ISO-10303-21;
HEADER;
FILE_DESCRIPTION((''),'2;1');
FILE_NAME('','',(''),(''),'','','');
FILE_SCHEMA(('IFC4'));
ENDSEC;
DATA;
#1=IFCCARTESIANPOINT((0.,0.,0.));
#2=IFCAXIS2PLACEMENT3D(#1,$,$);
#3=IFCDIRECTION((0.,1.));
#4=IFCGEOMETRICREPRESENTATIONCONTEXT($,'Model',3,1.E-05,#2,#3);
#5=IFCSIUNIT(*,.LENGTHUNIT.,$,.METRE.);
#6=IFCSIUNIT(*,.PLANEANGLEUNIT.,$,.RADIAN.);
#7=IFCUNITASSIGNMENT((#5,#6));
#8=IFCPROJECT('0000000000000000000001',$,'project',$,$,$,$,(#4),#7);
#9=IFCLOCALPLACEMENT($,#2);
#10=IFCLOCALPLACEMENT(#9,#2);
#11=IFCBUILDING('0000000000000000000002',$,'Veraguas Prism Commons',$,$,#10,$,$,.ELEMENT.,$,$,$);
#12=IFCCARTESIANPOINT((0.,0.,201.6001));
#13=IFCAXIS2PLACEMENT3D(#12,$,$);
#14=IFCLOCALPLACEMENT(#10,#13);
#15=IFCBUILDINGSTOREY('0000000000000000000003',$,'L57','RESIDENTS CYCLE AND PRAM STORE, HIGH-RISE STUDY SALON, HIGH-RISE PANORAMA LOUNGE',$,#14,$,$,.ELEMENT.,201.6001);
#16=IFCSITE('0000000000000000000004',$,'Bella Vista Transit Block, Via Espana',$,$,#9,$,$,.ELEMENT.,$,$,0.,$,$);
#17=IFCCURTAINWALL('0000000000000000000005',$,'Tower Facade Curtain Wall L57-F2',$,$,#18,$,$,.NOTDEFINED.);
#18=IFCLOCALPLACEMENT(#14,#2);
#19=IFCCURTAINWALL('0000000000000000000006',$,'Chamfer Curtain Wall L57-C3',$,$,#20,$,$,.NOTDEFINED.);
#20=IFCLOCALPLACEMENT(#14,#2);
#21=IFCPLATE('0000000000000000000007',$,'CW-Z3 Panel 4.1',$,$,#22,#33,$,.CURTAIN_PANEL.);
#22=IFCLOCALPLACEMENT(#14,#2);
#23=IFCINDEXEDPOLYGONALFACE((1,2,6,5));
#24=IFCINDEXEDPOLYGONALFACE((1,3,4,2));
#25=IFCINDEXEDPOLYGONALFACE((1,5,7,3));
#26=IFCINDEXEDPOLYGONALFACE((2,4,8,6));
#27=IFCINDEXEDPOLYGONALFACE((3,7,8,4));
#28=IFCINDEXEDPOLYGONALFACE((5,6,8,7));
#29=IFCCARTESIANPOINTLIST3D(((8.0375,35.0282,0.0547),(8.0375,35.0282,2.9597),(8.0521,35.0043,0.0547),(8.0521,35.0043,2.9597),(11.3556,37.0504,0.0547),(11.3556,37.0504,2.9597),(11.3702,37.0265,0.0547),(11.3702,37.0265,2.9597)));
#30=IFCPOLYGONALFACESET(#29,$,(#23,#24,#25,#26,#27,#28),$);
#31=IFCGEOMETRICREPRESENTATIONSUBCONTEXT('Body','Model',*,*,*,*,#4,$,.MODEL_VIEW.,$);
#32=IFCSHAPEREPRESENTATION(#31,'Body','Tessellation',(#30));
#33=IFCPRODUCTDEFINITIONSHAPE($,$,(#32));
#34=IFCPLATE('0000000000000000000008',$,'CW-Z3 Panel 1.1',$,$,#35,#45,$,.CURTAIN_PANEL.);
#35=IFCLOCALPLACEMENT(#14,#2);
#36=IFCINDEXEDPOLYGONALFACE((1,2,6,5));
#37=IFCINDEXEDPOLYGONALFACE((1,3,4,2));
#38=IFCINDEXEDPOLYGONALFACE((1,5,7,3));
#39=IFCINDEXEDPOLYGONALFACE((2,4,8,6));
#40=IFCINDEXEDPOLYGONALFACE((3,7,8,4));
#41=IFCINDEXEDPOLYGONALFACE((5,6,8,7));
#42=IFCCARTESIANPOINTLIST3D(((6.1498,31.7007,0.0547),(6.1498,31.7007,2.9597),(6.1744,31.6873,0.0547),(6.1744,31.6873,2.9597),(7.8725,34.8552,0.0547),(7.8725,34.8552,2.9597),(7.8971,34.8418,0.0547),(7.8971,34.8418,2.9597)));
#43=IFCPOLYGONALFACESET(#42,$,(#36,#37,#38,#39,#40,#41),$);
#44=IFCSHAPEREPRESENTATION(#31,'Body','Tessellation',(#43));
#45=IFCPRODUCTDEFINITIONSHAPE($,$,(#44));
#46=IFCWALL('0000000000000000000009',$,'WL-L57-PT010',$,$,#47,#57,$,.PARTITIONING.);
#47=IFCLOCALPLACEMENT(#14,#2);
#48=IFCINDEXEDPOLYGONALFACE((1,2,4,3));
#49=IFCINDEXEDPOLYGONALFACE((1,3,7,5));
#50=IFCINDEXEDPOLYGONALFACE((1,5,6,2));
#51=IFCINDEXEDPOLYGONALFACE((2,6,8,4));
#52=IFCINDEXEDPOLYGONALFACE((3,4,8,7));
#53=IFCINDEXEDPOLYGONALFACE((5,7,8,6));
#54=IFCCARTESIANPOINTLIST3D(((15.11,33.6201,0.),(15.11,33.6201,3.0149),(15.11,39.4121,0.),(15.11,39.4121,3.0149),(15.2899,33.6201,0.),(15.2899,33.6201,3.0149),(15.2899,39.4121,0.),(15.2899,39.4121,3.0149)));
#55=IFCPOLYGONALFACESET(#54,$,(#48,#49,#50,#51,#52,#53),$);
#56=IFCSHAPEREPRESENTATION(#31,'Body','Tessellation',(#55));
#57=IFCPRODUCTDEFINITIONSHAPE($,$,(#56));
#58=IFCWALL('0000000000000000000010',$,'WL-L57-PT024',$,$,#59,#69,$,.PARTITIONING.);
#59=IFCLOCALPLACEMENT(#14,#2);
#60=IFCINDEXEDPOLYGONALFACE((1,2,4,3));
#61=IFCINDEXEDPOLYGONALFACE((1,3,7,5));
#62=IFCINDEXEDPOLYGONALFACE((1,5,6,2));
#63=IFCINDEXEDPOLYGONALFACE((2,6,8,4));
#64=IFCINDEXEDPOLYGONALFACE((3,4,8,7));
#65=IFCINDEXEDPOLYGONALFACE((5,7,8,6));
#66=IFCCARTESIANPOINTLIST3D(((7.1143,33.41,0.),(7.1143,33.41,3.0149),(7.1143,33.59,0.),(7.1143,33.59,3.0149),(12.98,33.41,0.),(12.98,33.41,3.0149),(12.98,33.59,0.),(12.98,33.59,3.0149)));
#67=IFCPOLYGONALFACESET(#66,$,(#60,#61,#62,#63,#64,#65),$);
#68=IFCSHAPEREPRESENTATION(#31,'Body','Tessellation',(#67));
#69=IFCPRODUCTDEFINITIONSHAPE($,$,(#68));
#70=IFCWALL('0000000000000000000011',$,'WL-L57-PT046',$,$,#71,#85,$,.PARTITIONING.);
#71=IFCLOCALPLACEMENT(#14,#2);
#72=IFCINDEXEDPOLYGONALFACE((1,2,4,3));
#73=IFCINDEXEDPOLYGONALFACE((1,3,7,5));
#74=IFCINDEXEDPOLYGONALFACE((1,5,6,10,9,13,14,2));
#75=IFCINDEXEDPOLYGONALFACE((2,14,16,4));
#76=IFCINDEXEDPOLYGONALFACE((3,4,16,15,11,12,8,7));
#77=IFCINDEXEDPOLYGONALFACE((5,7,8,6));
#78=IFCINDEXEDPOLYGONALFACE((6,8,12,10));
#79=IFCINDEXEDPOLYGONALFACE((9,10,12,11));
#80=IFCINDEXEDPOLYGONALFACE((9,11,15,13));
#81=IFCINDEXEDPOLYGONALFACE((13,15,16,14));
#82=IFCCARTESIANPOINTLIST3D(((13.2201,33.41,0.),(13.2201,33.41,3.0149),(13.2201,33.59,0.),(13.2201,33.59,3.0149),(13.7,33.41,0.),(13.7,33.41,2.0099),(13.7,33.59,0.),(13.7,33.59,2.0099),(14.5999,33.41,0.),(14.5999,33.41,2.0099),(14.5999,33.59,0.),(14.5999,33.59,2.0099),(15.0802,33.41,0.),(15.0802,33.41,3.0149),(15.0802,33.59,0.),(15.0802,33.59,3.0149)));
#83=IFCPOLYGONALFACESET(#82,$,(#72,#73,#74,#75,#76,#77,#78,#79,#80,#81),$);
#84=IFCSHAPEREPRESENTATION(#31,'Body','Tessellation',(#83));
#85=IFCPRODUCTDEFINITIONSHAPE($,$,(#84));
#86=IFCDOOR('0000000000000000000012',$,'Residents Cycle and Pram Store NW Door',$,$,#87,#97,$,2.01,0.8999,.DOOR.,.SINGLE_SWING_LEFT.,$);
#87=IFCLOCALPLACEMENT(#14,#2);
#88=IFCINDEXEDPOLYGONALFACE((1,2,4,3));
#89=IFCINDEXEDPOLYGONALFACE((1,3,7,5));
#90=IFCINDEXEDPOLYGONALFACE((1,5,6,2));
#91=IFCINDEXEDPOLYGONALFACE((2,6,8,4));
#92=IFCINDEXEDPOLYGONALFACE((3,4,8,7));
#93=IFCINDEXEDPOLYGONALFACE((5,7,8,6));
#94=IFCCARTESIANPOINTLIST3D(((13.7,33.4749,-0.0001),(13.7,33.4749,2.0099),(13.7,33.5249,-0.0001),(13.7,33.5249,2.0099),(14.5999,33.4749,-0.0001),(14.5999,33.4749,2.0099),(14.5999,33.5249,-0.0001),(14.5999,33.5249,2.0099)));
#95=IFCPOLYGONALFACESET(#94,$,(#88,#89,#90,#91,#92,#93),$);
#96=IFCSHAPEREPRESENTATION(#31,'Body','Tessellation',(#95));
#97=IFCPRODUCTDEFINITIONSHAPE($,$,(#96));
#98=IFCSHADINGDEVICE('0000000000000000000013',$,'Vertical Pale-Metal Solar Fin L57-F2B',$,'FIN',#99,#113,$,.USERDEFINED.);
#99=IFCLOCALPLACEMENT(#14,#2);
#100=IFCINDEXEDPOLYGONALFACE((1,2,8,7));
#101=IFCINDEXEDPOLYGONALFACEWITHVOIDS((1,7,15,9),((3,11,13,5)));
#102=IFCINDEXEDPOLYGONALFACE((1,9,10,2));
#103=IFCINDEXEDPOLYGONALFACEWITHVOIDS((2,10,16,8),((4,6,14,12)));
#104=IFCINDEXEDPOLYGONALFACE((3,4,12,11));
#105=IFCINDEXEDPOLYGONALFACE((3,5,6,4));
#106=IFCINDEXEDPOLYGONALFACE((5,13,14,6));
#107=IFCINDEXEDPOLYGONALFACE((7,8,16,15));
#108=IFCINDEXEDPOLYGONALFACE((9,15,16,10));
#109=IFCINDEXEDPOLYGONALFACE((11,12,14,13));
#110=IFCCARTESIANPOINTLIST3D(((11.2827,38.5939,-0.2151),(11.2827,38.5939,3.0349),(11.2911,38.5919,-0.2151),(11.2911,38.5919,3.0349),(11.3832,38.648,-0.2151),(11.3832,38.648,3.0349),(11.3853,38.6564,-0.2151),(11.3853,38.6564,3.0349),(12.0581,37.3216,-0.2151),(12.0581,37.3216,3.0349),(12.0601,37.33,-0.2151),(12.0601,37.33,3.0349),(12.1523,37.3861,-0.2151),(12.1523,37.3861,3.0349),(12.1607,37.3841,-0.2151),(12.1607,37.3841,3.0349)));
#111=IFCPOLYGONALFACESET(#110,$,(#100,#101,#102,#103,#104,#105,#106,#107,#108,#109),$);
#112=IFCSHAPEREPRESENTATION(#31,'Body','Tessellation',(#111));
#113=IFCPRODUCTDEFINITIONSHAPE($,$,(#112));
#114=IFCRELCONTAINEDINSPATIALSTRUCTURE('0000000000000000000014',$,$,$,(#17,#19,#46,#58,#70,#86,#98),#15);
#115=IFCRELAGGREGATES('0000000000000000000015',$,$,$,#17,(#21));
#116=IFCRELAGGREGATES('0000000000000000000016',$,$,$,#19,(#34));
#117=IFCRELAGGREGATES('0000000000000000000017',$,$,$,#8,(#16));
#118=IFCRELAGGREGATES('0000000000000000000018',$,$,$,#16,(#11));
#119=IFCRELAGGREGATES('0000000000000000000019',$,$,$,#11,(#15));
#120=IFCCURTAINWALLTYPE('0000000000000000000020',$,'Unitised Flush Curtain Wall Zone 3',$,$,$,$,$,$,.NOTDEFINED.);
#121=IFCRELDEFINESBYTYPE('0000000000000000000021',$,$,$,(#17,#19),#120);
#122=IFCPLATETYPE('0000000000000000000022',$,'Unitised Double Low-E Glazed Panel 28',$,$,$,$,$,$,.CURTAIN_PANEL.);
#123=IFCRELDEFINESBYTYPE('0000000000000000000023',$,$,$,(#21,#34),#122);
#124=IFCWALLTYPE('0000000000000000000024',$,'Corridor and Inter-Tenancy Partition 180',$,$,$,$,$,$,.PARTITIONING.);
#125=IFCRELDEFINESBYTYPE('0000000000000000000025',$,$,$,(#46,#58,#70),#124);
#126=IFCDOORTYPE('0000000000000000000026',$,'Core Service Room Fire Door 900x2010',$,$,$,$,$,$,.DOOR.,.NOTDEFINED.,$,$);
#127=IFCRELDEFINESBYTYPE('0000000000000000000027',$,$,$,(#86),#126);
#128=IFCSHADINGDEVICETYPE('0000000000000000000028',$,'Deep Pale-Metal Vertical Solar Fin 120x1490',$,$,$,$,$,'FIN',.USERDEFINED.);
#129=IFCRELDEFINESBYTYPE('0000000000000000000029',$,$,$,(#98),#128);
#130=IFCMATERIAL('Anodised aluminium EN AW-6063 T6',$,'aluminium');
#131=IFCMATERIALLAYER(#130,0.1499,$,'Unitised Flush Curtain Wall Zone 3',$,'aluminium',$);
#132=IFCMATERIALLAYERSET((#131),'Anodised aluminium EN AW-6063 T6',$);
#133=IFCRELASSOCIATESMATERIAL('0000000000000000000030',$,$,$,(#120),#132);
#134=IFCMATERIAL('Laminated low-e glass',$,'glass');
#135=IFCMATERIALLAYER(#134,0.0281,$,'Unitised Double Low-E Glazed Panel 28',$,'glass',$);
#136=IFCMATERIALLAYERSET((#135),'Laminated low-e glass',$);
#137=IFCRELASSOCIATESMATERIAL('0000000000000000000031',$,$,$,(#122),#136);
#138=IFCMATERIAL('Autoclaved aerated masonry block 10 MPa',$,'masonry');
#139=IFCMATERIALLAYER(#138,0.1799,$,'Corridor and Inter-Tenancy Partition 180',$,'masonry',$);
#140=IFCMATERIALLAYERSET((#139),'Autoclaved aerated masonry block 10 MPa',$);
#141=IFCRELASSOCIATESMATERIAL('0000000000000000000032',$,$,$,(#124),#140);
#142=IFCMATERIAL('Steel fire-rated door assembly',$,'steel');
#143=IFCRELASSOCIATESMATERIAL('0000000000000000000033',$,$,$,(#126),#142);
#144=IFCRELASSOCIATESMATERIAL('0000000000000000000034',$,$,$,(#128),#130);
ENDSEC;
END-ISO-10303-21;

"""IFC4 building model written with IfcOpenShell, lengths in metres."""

from ifc_helpers import new_model, si_unit, direction, frame, frame_2d, origin, origin_2d, place, context, subcontext, project, spatial, rectangle, hollow_rectangle, extrude, source, transform, mapped, material, layer, layer_set, material_profile, profile_set, type_object, element, fill, aggregate, save


model = new_model("IFC4")

# Units and contexts
model_context = context("Model", 3, precision=1e-05, world=origin(), true_north=direction((0.0, 1.0)))
body_context = subcontext(model_context, "Body", "Model", "MODEL_VIEW")
ifc_project = project(units=[si_unit("LENGTHUNIT", "METRE"), si_unit("PLANEANGLEUNIT", "RADIAN")], contexts=[model_context])

# Site, building, storey
site_placement = place(None, origin())
site = spatial("IfcSite", under=ifc_project, at=site_placement, Name="Bella Vista Transit Block, Via Espana", CompositionType="ELEMENT", RefElevation=0.0)
building_placement = place(site_placement, origin())
building = spatial("IfcBuilding", under=site, at=building_placement, Name="Veraguas Prism Commons", CompositionType="ELEMENT")
storey_placement = place(building_placement, frame((0.0, 0.0, 201.6001)))
storey = spatial("IfcBuildingStorey", under=building, at=storey_placement, Name="L57", Description="RESIDENTS CYCLE AND PRAM STORE, HIGH-RISE STUDY SALON, HIGH-RISE PANORAMA LOUNGE", CompositionType="ELEMENT", Elevation=201.6001)

# Curtain wall
ifc_material_1 = material(Name="Anodised aluminium EN AW-6063 T6", Category="aluminium")
ifc_layer_1 = layer(ifc_material_1, 0.1499, Name="Unitised Flush Curtain Wall Zone 3", Category="aluminium")
ifc_layer_set_1 = layer_set([ifc_layer_1], Name="Anodised aluminium EN AW-6063 T6")
curtain_wall_type = type_object("IfcCurtainWallType", Name="Unitised Flush Curtain Wall Zone 3", PredefinedType="NOTDEFINED", material=ifc_layer_set_1)
curtain_wall_1_placement = place(storey_placement, origin())
curtain_wall_1 = element("IfcCurtainWall", 1, at=curtain_wall_1_placement, inside=storey, type_object=curtain_wall_type, Name="Tower Facade Curtain Wall L57-F2", PredefinedType="NOTDEFINED")

# Curtain wall
curtain_wall_2_placement = place(storey_placement, origin())
curtain_wall_2 = element("IfcCurtainWall", 2, at=curtain_wall_2_placement, inside=storey, type_object=curtain_wall_type, Name="Chamfer Curtain Wall L57-C3", PredefinedType="NOTDEFINED")

# Plates
ifc_material_2 = material(Name="Laminated low-e glass", Category="glass")
ifc_layer_2 = layer(ifc_material_2, 0.0281, Name="Unitised Double Low-E Glazed Panel 28", Category="glass")
ifc_layer_set_2 = layer_set([ifc_layer_2], Name="Laminated low-e glass")
plate_type = type_object("IfcPlateType", Name="Unitised Double Low-E Glazed Panel 28", PredefinedType="CURTAIN_PANEL", material=ifc_layer_set_2)
shared_shape_1 = source(origin(), body_context, "Body", "SweptSolid", [
    extrude(rectangle(XDim=3.8857, YDim=0.0281, at=origin_2d()), origin(), (0.0, 0.0, 1.0), 2.905),
])
plate_1_placement = place(storey_placement, frame((9.7039, 36.0273, 0.0547), z_axis=(0.0, 0.0, 1.0), x_axis=(-0.853914, -0.520414, 0.0)))
plate_1 = element("IfcPlate", 3, at=plate_1_placement, type_object=plate_type, Name="CW-Z3 Panel 4.1", PredefinedType="CURTAIN_PANEL", context=body_context, shape_type="MappedRepresentation", body=[
    mapped(shared_shape_1, transform((0.0, 0.0, 0.0), scale=1.0)),
])
aggregate(curtain_wall_1, [plate_1])
shared_shape_2 = source(origin(), body_context, "Body", "SweptSolid", [
    extrude(rectangle(XDim=3.5942, YDim=0.0281, at=origin_2d()), origin(), (0.0, 0.0, 1.0), 2.905),
])
plate_2_placement = place(storey_placement, frame((7.0234, 33.2712, 0.0547), z_axis=(0.0, 0.0, 1.0), x_axis=(-0.479303, -0.877649, 0.0)))
plate_2 = element("IfcPlate", 4, at=plate_2_placement, type_object=plate_type, Name="CW-Z3 Panel 1.1", PredefinedType="CURTAIN_PANEL", context=body_context, shape_type="MappedRepresentation", body=[
    mapped(shared_shape_2, transform((0.0, 0.0, 0.0), scale=1.0)),
])
aggregate(curtain_wall_2, [plate_2])

# Walls
ifc_material_3 = material(Name="Autoclaved aerated masonry block 10 MPa", Category="masonry")
ifc_layer_3 = layer(ifc_material_3, 0.1799, Name="Corridor and Inter-Tenancy Partition 180", Category="masonry")
ifc_layer_set_3 = layer_set([ifc_layer_3], Name="Autoclaved aerated masonry block 10 MPa")
wall_type = type_object("IfcWallType", Name="Corridor and Inter-Tenancy Partition 180", PredefinedType="PARTITIONING", material=ifc_layer_set_3)
wall_1_placement = place(storey_placement, frame((15.2, 33.6201, 0.0), z_axis=(0.0, 0.0, 1.0), x_axis=(0.0, 1.0, 0.0)))
element("IfcWall", 5, at=wall_1_placement, inside=storey, type_object=wall_type, Name="WL-L57-PT010", PredefinedType="PARTITIONING", context=body_context, shape_type="SweptSolid", body=[
    extrude(rectangle(XDim=5.792, YDim=0.1799, at=frame_2d((2.896, 0.0))), origin(), (0.0, 0.0, 1.0), 3.0149),
])
wall_2_placement = place(storey_placement, frame((12.98, 33.5, 0.0), z_axis=(0.0, 0.0, 1.0), x_axis=(-1.0, 0.0, 0.0)))
element("IfcWall", 6, at=wall_2_placement, inside=storey, type_object=wall_type, Name="WL-L57-PT024", PredefinedType="PARTITIONING", context=body_context, shape_type="SweptSolid", body=[
    extrude(rectangle(XDim=5.8657, YDim=0.1799, at=frame_2d((2.9329, 0.0))), origin(), (0.0, 0.0, 1.0), 3.0149),
])

# Wall, opening, door
wall_3_placement = place(storey_placement, frame((13.22, 33.5, 0.0), z_axis=(0.0, 0.0, 1.0), x_axis=(1.0, 0.0, 0.0)))
wall_3 = element("IfcWall", 7, at=wall_3_placement, inside=storey, type_object=wall_type, Name="WL-L57-PT046", PredefinedType="PARTITIONING", context=body_context, shape_type="SweptSolid", body=[
    extrude(rectangle(XDim=1.8601, YDim=0.1799, at=frame_2d((0.9302, 0.0))), origin(), (0.0, 0.0, 1.0), 3.0149),
])
opening_placement = place(wall_3_placement, frame((0.48, 0.0, 0.0)))
opening = element("IfcOpeningElement", 8, at=opening_placement, cuts=wall_3, PredefinedType="OPENING", context=body_context, shape_type="SweptSolid", body=[
    extrude(rectangle(XDim=0.8999, YDim=2.01, at=frame_2d((0.45, 1.0049))), frame((0.0, 0.0999, 0.0), z_axis=(0.0, -1.0, 0.0), x_axis=(1.0, 0.0, 0.0)), (0.0, 0.0, 1.0), 0.2),
])
ifc_material_4 = material(Name="Steel fire-rated door assembly", Category="steel")
door_type = type_object("IfcDoorType", Name="Core Service Room Fire Door 900x2010", OperationType="NOTDEFINED", PredefinedType="DOOR", material=ifc_material_4)
shared_shape_3 = source(origin(), body_context, "Body", "SweptSolid", [
    extrude(rectangle(XDim=0.8999, YDim=2.01, at=frame_2d((0.45, 1.0049))), frame((0.0, 0.0249, 0.0), z_axis=(0.0, -1.0, 0.0), x_axis=(1.0, 0.0, 0.0)), (0.0, 0.0, 1.0), 0.05),
])
door_placement = place(opening_placement, origin())
door = element("IfcDoor", 9, at=door_placement, inside=storey, type_object=door_type, Name="Residents Cycle and Pram Store NW Door", OperationType="SINGLE_SWING_LEFT", OverallHeight=2.01, OverallWidth=0.8999, PredefinedType="DOOR", context=body_context, shape_type="MappedRepresentation", body=[
    mapped(shared_shape_3, transform((0.0, 0.0, 0.0), scale=1.0)),
])
fill(opening, door)

# Shading device
ifc_material_profile_1 = material_profile(ifc_material_1, hollow_rectangle(XDim=0.1201, YDim=1.49, WallThickness=0.0061, at=origin_2d()), Name="FIN120X1490X6")
ifc_profile_set_1 = profile_set([ifc_material_profile_1], Name="Anodised aluminium EN AW-6063 T6")
shading_device_type = type_object("IfcShadingDeviceType", Name="Deep Pale-Metal Vertical Solar Fin 120x1490", ElementType="FIN", PredefinedType="USERDEFINED", material=ifc_profile_set_1)
shading_device_placement = place(storey_placement, frame((11.7217, 37.989, -0.2151), z_axis=(0.0, 0.0, 1.0), x_axis=(-0.853914, -0.520414, 0.0)))
element("IfcShadingDevice", 10, at=shading_device_placement, inside=storey, type_object=shading_device_type, Name="Vertical Pale-Metal Solar Fin L57-F2B", ObjectType="FIN", PredefinedType="USERDEFINED", context=body_context, shape_type="SweptSolid", body=[
    extrude(hollow_rectangle(XDim=0.1201, YDim=1.49, WallThickness=0.0061, at=origin_2d()), origin(), (0.0, 0.0, 1.0), 3.25),
])

save(model, "model.ifc")
